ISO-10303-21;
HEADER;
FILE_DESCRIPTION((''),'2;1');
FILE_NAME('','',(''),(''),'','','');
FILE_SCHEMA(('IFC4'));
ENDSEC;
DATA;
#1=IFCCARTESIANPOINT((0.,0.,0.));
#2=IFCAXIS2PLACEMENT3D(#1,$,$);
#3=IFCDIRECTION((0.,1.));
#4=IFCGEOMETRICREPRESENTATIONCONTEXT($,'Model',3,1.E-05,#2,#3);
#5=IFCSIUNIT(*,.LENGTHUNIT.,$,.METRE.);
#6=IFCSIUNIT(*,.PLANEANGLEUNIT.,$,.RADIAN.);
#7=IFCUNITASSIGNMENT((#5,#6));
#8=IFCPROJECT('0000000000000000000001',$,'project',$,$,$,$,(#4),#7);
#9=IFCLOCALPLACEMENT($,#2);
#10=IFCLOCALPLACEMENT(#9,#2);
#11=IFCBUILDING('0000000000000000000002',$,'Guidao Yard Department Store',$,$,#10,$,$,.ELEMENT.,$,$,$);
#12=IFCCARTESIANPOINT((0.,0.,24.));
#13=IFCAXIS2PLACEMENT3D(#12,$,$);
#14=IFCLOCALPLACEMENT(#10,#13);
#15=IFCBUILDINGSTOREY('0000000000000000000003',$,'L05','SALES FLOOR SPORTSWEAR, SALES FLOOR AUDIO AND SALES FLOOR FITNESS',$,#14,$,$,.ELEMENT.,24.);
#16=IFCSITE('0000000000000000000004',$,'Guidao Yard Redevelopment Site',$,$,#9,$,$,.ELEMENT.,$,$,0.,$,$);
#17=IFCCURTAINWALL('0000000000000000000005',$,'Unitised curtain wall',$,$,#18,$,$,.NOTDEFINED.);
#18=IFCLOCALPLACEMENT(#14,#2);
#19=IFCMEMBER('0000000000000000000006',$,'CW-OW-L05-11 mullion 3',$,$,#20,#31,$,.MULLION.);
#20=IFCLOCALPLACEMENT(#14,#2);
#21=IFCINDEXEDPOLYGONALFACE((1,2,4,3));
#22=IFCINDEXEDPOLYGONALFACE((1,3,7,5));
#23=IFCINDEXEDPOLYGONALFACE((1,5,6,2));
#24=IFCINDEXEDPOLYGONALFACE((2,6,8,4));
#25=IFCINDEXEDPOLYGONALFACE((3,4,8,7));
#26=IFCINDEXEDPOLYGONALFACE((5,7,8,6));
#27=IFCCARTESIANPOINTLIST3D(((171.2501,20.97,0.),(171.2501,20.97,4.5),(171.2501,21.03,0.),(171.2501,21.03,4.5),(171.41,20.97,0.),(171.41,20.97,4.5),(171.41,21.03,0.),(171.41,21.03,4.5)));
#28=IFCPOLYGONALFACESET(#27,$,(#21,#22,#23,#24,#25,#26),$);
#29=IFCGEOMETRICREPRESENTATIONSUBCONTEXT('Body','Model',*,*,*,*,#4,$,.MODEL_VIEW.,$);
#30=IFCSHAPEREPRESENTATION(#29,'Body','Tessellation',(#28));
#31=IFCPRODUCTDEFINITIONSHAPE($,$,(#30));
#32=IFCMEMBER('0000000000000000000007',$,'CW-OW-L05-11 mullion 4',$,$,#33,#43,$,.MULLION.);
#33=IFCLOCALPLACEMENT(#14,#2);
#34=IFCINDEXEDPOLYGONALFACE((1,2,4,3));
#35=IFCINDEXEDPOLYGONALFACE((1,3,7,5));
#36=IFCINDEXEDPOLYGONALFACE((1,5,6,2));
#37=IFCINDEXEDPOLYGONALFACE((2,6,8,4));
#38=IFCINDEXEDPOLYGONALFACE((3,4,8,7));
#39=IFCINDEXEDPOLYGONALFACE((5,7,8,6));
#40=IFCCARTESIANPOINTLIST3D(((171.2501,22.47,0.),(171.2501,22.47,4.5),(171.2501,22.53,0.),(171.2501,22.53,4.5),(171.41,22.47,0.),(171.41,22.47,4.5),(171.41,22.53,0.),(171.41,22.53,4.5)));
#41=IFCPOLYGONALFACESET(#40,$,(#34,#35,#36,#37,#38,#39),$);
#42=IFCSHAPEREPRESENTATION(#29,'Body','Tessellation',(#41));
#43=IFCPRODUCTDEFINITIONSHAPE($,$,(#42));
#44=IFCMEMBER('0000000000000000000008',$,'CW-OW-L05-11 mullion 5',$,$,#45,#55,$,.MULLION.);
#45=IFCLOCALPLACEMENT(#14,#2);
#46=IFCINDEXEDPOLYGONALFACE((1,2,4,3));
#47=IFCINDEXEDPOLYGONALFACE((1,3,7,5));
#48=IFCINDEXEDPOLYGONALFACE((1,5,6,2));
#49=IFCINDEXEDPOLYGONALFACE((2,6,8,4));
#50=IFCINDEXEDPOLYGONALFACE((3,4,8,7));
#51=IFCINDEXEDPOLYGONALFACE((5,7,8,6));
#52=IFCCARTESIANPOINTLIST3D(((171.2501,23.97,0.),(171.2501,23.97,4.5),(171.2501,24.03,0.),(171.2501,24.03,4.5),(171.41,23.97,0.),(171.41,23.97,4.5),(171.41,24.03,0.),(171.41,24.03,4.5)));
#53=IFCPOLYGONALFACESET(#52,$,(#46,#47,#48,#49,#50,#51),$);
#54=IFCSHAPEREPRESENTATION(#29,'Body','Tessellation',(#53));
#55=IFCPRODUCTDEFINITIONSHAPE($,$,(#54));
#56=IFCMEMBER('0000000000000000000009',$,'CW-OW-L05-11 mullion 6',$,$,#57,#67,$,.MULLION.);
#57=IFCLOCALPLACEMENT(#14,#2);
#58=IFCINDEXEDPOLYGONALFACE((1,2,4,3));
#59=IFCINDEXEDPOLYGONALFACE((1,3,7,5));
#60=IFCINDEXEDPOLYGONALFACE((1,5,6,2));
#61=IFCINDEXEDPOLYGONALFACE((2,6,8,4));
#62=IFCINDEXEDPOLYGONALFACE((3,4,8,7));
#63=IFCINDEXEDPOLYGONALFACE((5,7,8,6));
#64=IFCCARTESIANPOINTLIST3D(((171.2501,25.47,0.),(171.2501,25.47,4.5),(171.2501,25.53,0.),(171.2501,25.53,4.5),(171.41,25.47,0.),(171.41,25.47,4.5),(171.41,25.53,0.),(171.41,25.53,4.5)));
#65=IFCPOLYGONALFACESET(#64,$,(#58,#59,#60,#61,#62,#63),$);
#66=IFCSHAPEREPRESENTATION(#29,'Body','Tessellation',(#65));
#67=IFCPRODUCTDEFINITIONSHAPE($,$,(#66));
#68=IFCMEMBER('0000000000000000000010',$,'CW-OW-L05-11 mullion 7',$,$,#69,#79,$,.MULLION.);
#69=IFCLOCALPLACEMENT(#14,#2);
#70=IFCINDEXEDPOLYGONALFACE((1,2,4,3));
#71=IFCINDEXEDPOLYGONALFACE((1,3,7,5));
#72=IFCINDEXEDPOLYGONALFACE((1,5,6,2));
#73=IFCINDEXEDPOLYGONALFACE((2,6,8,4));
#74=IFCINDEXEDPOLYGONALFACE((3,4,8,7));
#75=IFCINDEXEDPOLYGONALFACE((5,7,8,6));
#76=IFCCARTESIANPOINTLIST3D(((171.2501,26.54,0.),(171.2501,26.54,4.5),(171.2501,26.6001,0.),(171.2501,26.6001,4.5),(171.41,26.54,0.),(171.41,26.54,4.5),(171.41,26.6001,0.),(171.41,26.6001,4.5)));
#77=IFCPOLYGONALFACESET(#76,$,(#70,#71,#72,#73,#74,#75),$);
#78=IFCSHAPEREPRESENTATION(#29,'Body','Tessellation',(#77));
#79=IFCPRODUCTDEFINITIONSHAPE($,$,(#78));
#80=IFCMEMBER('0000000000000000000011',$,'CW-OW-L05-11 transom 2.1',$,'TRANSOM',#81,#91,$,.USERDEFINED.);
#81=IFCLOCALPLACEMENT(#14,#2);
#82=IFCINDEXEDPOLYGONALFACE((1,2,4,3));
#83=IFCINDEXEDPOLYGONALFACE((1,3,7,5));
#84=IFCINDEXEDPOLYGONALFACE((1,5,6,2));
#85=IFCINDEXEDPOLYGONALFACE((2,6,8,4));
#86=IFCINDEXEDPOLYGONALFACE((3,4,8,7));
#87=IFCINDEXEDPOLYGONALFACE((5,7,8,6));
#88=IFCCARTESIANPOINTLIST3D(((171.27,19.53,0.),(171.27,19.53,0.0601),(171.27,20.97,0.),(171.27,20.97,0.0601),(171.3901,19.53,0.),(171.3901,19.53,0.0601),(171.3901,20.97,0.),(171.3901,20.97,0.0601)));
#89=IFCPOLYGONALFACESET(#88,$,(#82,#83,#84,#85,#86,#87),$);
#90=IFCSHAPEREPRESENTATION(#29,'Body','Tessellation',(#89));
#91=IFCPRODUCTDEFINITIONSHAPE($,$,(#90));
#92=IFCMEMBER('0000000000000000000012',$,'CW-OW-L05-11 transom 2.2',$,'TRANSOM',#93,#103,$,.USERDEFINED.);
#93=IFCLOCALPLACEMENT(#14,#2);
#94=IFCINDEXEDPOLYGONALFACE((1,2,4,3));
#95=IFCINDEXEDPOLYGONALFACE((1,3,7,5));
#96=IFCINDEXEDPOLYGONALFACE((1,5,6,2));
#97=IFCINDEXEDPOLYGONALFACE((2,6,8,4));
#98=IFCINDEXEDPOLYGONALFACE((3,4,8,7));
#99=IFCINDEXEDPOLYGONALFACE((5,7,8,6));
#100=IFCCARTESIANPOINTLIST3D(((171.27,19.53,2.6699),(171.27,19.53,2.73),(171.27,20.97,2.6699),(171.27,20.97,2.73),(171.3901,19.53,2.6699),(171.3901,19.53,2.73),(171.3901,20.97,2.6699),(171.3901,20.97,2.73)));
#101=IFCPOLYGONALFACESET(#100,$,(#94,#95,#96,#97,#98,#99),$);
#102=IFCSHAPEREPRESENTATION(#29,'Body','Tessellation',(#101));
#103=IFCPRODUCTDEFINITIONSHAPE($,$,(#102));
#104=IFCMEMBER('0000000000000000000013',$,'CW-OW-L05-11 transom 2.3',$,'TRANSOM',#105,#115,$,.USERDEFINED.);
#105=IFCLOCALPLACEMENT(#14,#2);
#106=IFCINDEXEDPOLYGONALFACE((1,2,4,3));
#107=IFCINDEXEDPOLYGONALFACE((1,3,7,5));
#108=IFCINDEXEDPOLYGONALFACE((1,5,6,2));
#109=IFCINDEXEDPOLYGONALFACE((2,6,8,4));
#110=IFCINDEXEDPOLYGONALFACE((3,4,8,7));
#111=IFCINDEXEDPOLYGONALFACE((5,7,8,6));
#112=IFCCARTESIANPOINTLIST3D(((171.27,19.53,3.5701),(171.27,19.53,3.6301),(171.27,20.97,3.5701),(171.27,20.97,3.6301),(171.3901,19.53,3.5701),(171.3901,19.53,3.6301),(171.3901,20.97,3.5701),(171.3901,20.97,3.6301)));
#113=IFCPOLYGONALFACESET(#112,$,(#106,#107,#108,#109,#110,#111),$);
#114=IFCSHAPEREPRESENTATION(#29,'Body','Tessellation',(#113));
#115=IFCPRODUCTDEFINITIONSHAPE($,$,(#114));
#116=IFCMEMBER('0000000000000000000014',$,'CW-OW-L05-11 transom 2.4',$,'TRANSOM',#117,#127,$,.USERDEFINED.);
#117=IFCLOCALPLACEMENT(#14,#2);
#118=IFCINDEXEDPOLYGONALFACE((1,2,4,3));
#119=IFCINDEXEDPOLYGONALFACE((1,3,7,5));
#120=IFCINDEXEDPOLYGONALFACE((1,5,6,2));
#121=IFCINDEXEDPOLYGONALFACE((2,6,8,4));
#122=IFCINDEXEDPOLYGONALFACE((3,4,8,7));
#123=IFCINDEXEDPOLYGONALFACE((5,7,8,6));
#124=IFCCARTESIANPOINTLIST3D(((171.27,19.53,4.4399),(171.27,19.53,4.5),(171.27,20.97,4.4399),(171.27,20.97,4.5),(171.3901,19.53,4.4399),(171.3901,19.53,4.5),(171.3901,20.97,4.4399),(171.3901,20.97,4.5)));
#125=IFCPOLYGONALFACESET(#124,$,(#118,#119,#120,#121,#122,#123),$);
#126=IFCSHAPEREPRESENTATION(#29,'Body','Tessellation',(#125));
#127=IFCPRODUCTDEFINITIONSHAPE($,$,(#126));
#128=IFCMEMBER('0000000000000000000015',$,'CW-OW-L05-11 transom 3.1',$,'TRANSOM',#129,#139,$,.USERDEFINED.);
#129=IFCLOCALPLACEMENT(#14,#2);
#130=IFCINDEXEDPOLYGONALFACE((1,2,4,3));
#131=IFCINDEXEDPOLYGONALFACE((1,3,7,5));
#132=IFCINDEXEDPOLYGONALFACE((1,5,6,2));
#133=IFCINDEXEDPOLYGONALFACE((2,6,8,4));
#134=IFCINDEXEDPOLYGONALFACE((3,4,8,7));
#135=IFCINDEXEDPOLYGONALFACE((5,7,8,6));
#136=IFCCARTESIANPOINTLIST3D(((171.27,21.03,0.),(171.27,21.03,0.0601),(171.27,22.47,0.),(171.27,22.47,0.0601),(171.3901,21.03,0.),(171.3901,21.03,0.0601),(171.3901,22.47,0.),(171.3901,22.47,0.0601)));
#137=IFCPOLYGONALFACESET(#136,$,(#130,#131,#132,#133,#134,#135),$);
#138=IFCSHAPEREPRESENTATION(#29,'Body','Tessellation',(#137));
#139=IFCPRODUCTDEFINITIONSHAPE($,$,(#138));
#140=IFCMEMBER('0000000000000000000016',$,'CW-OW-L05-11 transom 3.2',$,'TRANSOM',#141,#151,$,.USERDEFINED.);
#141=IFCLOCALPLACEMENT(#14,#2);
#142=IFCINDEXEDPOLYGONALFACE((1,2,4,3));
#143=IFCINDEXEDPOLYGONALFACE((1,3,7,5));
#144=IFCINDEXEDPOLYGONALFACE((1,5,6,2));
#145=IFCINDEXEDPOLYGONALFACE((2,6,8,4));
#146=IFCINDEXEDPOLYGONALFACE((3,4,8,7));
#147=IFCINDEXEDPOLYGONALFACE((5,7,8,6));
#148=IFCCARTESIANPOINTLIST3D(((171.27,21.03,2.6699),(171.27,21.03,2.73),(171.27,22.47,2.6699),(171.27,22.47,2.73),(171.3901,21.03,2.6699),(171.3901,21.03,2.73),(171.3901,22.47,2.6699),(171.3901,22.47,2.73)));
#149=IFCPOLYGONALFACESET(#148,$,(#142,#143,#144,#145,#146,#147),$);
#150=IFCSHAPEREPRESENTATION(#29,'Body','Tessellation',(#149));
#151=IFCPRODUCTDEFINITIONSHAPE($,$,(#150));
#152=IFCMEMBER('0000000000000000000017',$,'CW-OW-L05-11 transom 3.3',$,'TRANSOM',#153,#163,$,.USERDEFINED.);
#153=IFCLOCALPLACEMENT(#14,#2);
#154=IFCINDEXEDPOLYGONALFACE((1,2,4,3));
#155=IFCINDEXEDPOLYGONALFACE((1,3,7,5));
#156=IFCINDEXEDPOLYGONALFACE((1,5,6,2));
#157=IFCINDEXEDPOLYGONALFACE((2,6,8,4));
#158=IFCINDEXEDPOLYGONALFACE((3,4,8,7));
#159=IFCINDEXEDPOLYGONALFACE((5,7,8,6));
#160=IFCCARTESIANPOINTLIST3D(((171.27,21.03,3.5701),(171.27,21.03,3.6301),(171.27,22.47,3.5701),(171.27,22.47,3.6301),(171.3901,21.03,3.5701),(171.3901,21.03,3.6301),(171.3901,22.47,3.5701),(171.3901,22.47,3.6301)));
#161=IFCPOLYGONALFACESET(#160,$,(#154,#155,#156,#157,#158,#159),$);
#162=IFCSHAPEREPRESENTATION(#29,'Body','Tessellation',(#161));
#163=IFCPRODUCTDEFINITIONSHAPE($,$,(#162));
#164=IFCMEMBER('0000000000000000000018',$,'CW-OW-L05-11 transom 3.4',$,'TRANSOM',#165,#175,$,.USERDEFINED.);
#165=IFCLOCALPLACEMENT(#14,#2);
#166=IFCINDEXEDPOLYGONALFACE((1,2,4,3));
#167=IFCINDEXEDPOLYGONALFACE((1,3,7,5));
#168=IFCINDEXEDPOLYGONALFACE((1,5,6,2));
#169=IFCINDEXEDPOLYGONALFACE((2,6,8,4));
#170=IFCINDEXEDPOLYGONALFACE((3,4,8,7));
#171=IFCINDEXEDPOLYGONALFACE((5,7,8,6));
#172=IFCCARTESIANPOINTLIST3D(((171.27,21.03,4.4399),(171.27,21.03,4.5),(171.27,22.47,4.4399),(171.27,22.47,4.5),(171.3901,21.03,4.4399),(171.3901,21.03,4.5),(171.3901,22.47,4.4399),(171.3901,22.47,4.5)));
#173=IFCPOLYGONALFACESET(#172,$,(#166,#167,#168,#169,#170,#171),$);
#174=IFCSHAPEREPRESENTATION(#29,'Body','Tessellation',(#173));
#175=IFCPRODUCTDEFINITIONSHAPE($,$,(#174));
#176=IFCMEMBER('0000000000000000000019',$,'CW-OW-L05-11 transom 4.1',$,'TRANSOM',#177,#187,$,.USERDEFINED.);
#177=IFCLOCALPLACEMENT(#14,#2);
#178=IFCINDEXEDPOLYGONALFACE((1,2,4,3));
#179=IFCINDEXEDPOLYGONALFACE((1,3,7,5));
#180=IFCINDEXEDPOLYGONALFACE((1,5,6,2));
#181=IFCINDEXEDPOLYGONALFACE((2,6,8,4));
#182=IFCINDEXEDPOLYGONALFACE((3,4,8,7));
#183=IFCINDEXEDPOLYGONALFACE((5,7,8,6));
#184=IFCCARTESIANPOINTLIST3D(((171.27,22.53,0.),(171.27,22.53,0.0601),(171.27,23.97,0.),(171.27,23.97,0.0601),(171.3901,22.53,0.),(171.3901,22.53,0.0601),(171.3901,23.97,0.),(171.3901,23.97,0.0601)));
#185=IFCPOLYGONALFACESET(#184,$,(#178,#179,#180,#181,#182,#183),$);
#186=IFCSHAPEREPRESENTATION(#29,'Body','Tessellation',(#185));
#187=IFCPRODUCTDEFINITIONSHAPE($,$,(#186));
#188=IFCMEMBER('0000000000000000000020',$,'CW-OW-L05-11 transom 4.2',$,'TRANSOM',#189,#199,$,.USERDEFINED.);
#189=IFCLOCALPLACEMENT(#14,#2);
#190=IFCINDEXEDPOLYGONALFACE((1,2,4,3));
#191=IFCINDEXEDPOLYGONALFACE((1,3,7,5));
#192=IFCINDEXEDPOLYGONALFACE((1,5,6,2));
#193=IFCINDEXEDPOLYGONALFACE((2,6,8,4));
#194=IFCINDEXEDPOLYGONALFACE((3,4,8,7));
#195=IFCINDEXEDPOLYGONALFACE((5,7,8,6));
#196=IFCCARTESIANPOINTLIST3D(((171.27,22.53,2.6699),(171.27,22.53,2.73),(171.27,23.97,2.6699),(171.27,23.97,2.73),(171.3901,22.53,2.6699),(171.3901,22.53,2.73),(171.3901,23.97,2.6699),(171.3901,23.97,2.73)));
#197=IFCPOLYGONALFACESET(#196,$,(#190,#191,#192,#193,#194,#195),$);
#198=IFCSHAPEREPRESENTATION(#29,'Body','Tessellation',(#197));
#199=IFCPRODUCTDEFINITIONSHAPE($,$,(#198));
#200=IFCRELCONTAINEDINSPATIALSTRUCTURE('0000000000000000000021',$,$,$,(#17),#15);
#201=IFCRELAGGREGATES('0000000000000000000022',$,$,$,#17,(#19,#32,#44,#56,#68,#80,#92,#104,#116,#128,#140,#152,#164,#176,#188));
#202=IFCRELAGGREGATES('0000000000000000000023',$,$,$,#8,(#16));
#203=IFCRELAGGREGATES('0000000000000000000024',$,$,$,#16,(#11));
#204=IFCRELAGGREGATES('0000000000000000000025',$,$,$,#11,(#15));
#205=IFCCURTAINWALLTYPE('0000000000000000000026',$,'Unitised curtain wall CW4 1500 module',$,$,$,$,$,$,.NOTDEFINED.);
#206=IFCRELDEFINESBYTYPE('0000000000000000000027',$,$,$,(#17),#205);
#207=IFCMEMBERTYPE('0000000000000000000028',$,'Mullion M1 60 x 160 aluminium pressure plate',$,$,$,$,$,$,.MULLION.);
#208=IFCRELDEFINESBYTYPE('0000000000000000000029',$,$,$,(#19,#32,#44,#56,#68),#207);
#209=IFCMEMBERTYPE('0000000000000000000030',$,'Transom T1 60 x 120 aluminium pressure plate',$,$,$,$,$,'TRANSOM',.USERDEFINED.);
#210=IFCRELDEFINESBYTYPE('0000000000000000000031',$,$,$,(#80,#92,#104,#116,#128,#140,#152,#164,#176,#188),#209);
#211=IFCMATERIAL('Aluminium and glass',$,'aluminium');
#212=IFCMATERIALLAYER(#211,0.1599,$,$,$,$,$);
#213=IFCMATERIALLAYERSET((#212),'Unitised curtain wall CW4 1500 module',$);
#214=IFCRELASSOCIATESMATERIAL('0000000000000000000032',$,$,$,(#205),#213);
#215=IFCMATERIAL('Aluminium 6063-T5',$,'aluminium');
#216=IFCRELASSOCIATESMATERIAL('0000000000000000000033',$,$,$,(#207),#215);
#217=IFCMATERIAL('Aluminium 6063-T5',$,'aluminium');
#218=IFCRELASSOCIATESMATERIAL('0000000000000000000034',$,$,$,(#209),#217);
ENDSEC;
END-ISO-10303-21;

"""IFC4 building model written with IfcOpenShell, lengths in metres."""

from ifc_helpers import new_model, si_unit, direction, frame, origin, origin_2d, place, context, subcontext, project, spatial, rectangle, extrude, material, layer, layer_set, material_profile, profile_set, type_object, element, aggregate, save


model = new_model("IFC4")

# Units and contexts
model_context = context("Model", 3, precision=1e-05, world=origin(), true_north=direction((0.0, 1.0)))
body_context = subcontext(model_context, "Body", "Model", "MODEL_VIEW")
ifc_project = project(units=[si_unit("LENGTHUNIT", "METRE"), si_unit("PLANEANGLEUNIT", "RADIAN")], contexts=[model_context])

# Site, building, storey
site_placement = place(None, origin())
site = spatial("IfcSite", under=ifc_project, at=site_placement, Name="Guidao Yard Redevelopment Site", CompositionType="ELEMENT", RefElevation=0.0)
building_placement = place(site_placement, origin())
building = spatial("IfcBuilding", under=site, at=building_placement, Name="Guidao Yard Department Store", CompositionType="ELEMENT")
storey_placement = place(building_placement, frame((0.0, 0.0, 24.0)))
storey = spatial("IfcBuildingStorey", under=building, at=storey_placement, Name="L05", Description="SALES FLOOR SPORTSWEAR, SALES FLOOR AUDIO AND SALES FLOOR FITNESS", CompositionType="ELEMENT", Elevation=24.0)

# Curtain wall, members
ifc_material_1 = material(Name="Aluminium and glass", Category="aluminium")
ifc_layer_1 = layer(ifc_material_1, 0.1599)
ifc_layer_set_1 = layer_set([ifc_layer_1], Name="Unitised curtain wall CW4 1500 module")
curtain_wall_type = type_object("IfcCurtainWallType", Name="Unitised curtain wall CW4 1500 module", PredefinedType="NOTDEFINED", material=ifc_layer_set_1)
curtain_wall_placement = place(storey_placement, origin())
curtain_wall = element("IfcCurtainWall", 1, at=curtain_wall_placement, inside=storey, type_object=curtain_wall_type, Name="Unitised curtain wall", PredefinedType="NOTDEFINED")
ifc_material_2 = material(Name="Aluminium 6063-T5", Category="aluminium")
ifc_material_profile_1 = material_profile(ifc_material_2, rectangle(XDim=0.0601, YDim=0.1599, at=origin_2d()), Name="Mullion M1 60 x 160 aluminium pressure plate")
ifc_profile_set_1 = profile_set([ifc_material_profile_1], Name="Aluminium 6063-T5")
member_type_1 = type_object("IfcMemberType", Name="Mullion M1 60 x 160 aluminium pressure plate", PredefinedType="MULLION", material=ifc_profile_set_1)
member_1_placement = place(storey_placement, frame((171.3301, 21.0, 0.0), z_axis=(0.0, 0.0, 1.0), x_axis=(0.0, -1.0, 0.0)))
member_1 = element("IfcMember", 2, at=member_1_placement, type_object=member_type_1, Name="CW-OW-L05-11 mullion 3", PredefinedType="MULLION", context=body_context, shape_type="SweptSolid", body=[
    extrude(rectangle(XDim=0.0601, YDim=0.1599, at=origin_2d()), origin(), (0.0, 0.0, 1.0), 4.5),
])
member_2_placement = place(storey_placement, frame((171.3301, 22.5, 0.0), z_axis=(0.0, 0.0, 1.0), x_axis=(0.0, -1.0, 0.0)))
member_2 = element("IfcMember", 3, at=member_2_placement, type_object=member_type_1, Name="CW-OW-L05-11 mullion 4", PredefinedType="MULLION", context=body_context, shape_type="SweptSolid", body=[
    extrude(rectangle(XDim=0.0601, YDim=0.1599, at=origin_2d()), origin(), (0.0, 0.0, 1.0), 4.5),
])
member_3_placement = place(storey_placement, frame((171.3301, 24.0, 0.0), z_axis=(0.0, 0.0, 1.0), x_axis=(0.0, -1.0, 0.0)))
member_3 = element("IfcMember", 4, at=member_3_placement, type_object=member_type_1, Name="CW-OW-L05-11 mullion 5", PredefinedType="MULLION", context=body_context, shape_type="SweptSolid", body=[
    extrude(rectangle(XDim=0.0601, YDim=0.1599, at=origin_2d()), origin(), (0.0, 0.0, 1.0), 4.5),
])
member_4_placement = place(storey_placement, frame((171.3301, 25.5, 0.0), z_axis=(0.0, 0.0, 1.0), x_axis=(0.0, -1.0, 0.0)))
member_4 = element("IfcMember", 5, at=member_4_placement, type_object=member_type_1, Name="CW-OW-L05-11 mullion 6", PredefinedType="MULLION", context=body_context, shape_type="SweptSolid", body=[
    extrude(rectangle(XDim=0.0601, YDim=0.1599, at=origin_2d()), origin(), (0.0, 0.0, 1.0), 4.5),
])
member_5_placement = place(storey_placement, frame((171.3301, 26.5701, 0.0), z_axis=(0.0, 0.0, 1.0), x_axis=(0.0, -1.0, 0.0)))
member_5 = element("IfcMember", 6, at=member_5_placement, type_object=member_type_1, Name="CW-OW-L05-11 mullion 7", PredefinedType="MULLION", context=body_context, shape_type="SweptSolid", body=[
    extrude(rectangle(XDim=0.0601, YDim=0.1599, at=origin_2d()), origin(), (0.0, 0.0, 1.0), 4.5),
])
ifc_material_3 = material(Name="Aluminium 6063-T5", Category="aluminium")
ifc_material_profile_2 = material_profile(ifc_material_3, rectangle(XDim=0.1201, YDim=0.0601, at=origin_2d()), Name="Transom T1 60 x 120 aluminium pressure plate")
ifc_profile_set_2 = profile_set([ifc_material_profile_2], Name="Aluminium 6063-T5")
member_type_2 = type_object("IfcMemberType", Name="Transom T1 60 x 120 aluminium pressure plate", ElementType="TRANSOM", PredefinedType="USERDEFINED", material=ifc_profile_set_2)
member_6_placement = place(storey_placement, frame((171.3301, 20.97, 0.03), z_axis=(0.0, -1.0, 0.0), x_axis=(1.0, 0.0, 0.0)))
member_6 = element("IfcMember", 7, at=member_6_placement, type_object=member_type_2, Name="CW-OW-L05-11 transom 2.1", ObjectType="TRANSOM", PredefinedType="USERDEFINED", context=body_context, shape_type="SweptSolid", body=[
    extrude(rectangle(XDim=0.1201, YDim=0.0601, at=origin_2d()), origin(), (0.0, 0.0, 1.0), 1.4399),
])
member_7_placement = place(storey_placement, frame((171.3301, 20.97, 2.7), z_axis=(0.0, -1.0, 0.0), x_axis=(1.0, 0.0, 0.0)))
member_7 = element("IfcMember", 8, at=member_7_placement, type_object=member_type_2, Name="CW-OW-L05-11 transom 2.2", ObjectType="TRANSOM", PredefinedType="USERDEFINED", context=body_context, shape_type="SweptSolid", body=[
    extrude(rectangle(XDim=0.1201, YDim=0.0601, at=origin_2d()), origin(), (0.0, 0.0, 1.0), 1.4399),
])
member_8_placement = place(storey_placement, frame((171.3301, 20.97, 3.6001), z_axis=(0.0, -1.0, 0.0), x_axis=(1.0, 0.0, 0.0)))
member_8 = element("IfcMember", 9, at=member_8_placement, type_object=member_type_2, Name="CW-OW-L05-11 transom 2.3", ObjectType="TRANSOM", PredefinedType="USERDEFINED", context=body_context, shape_type="SweptSolid", body=[
    extrude(rectangle(XDim=0.1201, YDim=0.0601, at=origin_2d()), origin(), (0.0, 0.0, 1.0), 1.4399),
])
member_9_placement = place(storey_placement, frame((171.3301, 20.97, 4.47), z_axis=(0.0, -1.0, 0.0), x_axis=(1.0, 0.0, 0.0)))
member_9 = element("IfcMember", 10, at=member_9_placement, type_object=member_type_2, Name="CW-OW-L05-11 transom 2.4", ObjectType="TRANSOM", PredefinedType="USERDEFINED", context=body_context, shape_type="SweptSolid", body=[
    extrude(rectangle(XDim=0.1201, YDim=0.0601, at=origin_2d()), origin(), (0.0, 0.0, 1.0), 1.4399),
])
member_10_placement = place(storey_placement, frame((171.3301, 22.47, 0.03), z_axis=(0.0, -1.0, 0.0), x_axis=(1.0, 0.0, 0.0)))
member_10 = element("IfcMember", 11, at=member_10_placement, type_object=member_type_2, Name="CW-OW-L05-11 transom 3.1", ObjectType="TRANSOM", PredefinedType="USERDEFINED", context=body_context, shape_type="SweptSolid", body=[
    extrude(rectangle(XDim=0.1201, YDim=0.0601, at=origin_2d()), origin(), (0.0, 0.0, 1.0), 1.4399),
])
member_11_placement = place(storey_placement, frame((171.3301, 22.47, 2.7), z_axis=(0.0, -1.0, 0.0), x_axis=(1.0, 0.0, 0.0)))
member_11 = element("IfcMember", 12, at=member_11_placement, type_object=member_type_2, Name="CW-OW-L05-11 transom 3.2", ObjectType="TRANSOM", PredefinedType="USERDEFINED", context=body_context, shape_type="SweptSolid", body=[
    extrude(rectangle(XDim=0.1201, YDim=0.0601, at=origin_2d()), origin(), (0.0, 0.0, 1.0), 1.4399),
])
member_12_placement = place(storey_placement, frame((171.3301, 22.47, 3.6001), z_axis=(0.0, -1.0, 0.0), x_axis=(1.0, 0.0, 0.0)))
member_12 = element("IfcMember", 13, at=member_12_placement, type_object=member_type_2, Name="CW-OW-L05-11 transom 3.3", ObjectType="TRANSOM", PredefinedType="USERDEFINED", context=body_context, shape_type="SweptSolid", body=[
    extrude(rectangle(XDim=0.1201, YDim=0.0601, at=origin_2d()), origin(), (0.0, 0.0, 1.0), 1.4399),
])
member_13_placement = place(storey_placement, frame((171.3301, 22.47, 4.47), z_axis=(0.0, -1.0, 0.0), x_axis=(1.0, 0.0, 0.0)))
member_13 = element("IfcMember", 14, at=member_13_placement, type_object=member_type_2, Name="CW-OW-L05-11 transom 3.4", ObjectType="TRANSOM", PredefinedType="USERDEFINED", context=body_context, shape_type="SweptSolid", body=[
    extrude(rectangle(XDim=0.1201, YDim=0.0601, at=origin_2d()), origin(), (0.0, 0.0, 1.0), 1.4399),
])
member_14_placement = place(storey_placement, frame((171.3301, 23.97, 0.03), z_axis=(0.0, -1.0, 0.0), x_axis=(1.0, 0.0, 0.0)))
member_14 = element("IfcMember", 15, at=member_14_placement, type_object=member_type_2, Name="CW-OW-L05-11 transom 4.1", ObjectType="TRANSOM", PredefinedType="USERDEFINED", context=body_context, shape_type="SweptSolid", body=[
    extrude(rectangle(XDim=0.1201, YDim=0.0601, at=origin_2d()), origin(), (0.0, 0.0, 1.0), 1.4399),
])
member_15_placement = place(storey_placement, frame((171.3301, 23.97, 2.7), z_axis=(0.0, -1.0, 0.0), x_axis=(1.0, 0.0, 0.0)))
member_15 = element("IfcMember", 16, at=member_15_placement, type_object=member_type_2, Name="CW-OW-L05-11 transom 4.2", ObjectType="TRANSOM", PredefinedType="USERDEFINED", context=body_context, shape_type="SweptSolid", body=[
    extrude(rectangle(XDim=0.1201, YDim=0.0601, at=origin_2d()), origin(), (0.0, 0.0, 1.0), 1.4399),
])
aggregate(curtain_wall, [member_1, member_2, member_3, member_4, member_5, member_6, member_7, member_8, member_9, member_10, member_11, member_12, member_13, member_14, member_15])

save(model, "model.ifc")
